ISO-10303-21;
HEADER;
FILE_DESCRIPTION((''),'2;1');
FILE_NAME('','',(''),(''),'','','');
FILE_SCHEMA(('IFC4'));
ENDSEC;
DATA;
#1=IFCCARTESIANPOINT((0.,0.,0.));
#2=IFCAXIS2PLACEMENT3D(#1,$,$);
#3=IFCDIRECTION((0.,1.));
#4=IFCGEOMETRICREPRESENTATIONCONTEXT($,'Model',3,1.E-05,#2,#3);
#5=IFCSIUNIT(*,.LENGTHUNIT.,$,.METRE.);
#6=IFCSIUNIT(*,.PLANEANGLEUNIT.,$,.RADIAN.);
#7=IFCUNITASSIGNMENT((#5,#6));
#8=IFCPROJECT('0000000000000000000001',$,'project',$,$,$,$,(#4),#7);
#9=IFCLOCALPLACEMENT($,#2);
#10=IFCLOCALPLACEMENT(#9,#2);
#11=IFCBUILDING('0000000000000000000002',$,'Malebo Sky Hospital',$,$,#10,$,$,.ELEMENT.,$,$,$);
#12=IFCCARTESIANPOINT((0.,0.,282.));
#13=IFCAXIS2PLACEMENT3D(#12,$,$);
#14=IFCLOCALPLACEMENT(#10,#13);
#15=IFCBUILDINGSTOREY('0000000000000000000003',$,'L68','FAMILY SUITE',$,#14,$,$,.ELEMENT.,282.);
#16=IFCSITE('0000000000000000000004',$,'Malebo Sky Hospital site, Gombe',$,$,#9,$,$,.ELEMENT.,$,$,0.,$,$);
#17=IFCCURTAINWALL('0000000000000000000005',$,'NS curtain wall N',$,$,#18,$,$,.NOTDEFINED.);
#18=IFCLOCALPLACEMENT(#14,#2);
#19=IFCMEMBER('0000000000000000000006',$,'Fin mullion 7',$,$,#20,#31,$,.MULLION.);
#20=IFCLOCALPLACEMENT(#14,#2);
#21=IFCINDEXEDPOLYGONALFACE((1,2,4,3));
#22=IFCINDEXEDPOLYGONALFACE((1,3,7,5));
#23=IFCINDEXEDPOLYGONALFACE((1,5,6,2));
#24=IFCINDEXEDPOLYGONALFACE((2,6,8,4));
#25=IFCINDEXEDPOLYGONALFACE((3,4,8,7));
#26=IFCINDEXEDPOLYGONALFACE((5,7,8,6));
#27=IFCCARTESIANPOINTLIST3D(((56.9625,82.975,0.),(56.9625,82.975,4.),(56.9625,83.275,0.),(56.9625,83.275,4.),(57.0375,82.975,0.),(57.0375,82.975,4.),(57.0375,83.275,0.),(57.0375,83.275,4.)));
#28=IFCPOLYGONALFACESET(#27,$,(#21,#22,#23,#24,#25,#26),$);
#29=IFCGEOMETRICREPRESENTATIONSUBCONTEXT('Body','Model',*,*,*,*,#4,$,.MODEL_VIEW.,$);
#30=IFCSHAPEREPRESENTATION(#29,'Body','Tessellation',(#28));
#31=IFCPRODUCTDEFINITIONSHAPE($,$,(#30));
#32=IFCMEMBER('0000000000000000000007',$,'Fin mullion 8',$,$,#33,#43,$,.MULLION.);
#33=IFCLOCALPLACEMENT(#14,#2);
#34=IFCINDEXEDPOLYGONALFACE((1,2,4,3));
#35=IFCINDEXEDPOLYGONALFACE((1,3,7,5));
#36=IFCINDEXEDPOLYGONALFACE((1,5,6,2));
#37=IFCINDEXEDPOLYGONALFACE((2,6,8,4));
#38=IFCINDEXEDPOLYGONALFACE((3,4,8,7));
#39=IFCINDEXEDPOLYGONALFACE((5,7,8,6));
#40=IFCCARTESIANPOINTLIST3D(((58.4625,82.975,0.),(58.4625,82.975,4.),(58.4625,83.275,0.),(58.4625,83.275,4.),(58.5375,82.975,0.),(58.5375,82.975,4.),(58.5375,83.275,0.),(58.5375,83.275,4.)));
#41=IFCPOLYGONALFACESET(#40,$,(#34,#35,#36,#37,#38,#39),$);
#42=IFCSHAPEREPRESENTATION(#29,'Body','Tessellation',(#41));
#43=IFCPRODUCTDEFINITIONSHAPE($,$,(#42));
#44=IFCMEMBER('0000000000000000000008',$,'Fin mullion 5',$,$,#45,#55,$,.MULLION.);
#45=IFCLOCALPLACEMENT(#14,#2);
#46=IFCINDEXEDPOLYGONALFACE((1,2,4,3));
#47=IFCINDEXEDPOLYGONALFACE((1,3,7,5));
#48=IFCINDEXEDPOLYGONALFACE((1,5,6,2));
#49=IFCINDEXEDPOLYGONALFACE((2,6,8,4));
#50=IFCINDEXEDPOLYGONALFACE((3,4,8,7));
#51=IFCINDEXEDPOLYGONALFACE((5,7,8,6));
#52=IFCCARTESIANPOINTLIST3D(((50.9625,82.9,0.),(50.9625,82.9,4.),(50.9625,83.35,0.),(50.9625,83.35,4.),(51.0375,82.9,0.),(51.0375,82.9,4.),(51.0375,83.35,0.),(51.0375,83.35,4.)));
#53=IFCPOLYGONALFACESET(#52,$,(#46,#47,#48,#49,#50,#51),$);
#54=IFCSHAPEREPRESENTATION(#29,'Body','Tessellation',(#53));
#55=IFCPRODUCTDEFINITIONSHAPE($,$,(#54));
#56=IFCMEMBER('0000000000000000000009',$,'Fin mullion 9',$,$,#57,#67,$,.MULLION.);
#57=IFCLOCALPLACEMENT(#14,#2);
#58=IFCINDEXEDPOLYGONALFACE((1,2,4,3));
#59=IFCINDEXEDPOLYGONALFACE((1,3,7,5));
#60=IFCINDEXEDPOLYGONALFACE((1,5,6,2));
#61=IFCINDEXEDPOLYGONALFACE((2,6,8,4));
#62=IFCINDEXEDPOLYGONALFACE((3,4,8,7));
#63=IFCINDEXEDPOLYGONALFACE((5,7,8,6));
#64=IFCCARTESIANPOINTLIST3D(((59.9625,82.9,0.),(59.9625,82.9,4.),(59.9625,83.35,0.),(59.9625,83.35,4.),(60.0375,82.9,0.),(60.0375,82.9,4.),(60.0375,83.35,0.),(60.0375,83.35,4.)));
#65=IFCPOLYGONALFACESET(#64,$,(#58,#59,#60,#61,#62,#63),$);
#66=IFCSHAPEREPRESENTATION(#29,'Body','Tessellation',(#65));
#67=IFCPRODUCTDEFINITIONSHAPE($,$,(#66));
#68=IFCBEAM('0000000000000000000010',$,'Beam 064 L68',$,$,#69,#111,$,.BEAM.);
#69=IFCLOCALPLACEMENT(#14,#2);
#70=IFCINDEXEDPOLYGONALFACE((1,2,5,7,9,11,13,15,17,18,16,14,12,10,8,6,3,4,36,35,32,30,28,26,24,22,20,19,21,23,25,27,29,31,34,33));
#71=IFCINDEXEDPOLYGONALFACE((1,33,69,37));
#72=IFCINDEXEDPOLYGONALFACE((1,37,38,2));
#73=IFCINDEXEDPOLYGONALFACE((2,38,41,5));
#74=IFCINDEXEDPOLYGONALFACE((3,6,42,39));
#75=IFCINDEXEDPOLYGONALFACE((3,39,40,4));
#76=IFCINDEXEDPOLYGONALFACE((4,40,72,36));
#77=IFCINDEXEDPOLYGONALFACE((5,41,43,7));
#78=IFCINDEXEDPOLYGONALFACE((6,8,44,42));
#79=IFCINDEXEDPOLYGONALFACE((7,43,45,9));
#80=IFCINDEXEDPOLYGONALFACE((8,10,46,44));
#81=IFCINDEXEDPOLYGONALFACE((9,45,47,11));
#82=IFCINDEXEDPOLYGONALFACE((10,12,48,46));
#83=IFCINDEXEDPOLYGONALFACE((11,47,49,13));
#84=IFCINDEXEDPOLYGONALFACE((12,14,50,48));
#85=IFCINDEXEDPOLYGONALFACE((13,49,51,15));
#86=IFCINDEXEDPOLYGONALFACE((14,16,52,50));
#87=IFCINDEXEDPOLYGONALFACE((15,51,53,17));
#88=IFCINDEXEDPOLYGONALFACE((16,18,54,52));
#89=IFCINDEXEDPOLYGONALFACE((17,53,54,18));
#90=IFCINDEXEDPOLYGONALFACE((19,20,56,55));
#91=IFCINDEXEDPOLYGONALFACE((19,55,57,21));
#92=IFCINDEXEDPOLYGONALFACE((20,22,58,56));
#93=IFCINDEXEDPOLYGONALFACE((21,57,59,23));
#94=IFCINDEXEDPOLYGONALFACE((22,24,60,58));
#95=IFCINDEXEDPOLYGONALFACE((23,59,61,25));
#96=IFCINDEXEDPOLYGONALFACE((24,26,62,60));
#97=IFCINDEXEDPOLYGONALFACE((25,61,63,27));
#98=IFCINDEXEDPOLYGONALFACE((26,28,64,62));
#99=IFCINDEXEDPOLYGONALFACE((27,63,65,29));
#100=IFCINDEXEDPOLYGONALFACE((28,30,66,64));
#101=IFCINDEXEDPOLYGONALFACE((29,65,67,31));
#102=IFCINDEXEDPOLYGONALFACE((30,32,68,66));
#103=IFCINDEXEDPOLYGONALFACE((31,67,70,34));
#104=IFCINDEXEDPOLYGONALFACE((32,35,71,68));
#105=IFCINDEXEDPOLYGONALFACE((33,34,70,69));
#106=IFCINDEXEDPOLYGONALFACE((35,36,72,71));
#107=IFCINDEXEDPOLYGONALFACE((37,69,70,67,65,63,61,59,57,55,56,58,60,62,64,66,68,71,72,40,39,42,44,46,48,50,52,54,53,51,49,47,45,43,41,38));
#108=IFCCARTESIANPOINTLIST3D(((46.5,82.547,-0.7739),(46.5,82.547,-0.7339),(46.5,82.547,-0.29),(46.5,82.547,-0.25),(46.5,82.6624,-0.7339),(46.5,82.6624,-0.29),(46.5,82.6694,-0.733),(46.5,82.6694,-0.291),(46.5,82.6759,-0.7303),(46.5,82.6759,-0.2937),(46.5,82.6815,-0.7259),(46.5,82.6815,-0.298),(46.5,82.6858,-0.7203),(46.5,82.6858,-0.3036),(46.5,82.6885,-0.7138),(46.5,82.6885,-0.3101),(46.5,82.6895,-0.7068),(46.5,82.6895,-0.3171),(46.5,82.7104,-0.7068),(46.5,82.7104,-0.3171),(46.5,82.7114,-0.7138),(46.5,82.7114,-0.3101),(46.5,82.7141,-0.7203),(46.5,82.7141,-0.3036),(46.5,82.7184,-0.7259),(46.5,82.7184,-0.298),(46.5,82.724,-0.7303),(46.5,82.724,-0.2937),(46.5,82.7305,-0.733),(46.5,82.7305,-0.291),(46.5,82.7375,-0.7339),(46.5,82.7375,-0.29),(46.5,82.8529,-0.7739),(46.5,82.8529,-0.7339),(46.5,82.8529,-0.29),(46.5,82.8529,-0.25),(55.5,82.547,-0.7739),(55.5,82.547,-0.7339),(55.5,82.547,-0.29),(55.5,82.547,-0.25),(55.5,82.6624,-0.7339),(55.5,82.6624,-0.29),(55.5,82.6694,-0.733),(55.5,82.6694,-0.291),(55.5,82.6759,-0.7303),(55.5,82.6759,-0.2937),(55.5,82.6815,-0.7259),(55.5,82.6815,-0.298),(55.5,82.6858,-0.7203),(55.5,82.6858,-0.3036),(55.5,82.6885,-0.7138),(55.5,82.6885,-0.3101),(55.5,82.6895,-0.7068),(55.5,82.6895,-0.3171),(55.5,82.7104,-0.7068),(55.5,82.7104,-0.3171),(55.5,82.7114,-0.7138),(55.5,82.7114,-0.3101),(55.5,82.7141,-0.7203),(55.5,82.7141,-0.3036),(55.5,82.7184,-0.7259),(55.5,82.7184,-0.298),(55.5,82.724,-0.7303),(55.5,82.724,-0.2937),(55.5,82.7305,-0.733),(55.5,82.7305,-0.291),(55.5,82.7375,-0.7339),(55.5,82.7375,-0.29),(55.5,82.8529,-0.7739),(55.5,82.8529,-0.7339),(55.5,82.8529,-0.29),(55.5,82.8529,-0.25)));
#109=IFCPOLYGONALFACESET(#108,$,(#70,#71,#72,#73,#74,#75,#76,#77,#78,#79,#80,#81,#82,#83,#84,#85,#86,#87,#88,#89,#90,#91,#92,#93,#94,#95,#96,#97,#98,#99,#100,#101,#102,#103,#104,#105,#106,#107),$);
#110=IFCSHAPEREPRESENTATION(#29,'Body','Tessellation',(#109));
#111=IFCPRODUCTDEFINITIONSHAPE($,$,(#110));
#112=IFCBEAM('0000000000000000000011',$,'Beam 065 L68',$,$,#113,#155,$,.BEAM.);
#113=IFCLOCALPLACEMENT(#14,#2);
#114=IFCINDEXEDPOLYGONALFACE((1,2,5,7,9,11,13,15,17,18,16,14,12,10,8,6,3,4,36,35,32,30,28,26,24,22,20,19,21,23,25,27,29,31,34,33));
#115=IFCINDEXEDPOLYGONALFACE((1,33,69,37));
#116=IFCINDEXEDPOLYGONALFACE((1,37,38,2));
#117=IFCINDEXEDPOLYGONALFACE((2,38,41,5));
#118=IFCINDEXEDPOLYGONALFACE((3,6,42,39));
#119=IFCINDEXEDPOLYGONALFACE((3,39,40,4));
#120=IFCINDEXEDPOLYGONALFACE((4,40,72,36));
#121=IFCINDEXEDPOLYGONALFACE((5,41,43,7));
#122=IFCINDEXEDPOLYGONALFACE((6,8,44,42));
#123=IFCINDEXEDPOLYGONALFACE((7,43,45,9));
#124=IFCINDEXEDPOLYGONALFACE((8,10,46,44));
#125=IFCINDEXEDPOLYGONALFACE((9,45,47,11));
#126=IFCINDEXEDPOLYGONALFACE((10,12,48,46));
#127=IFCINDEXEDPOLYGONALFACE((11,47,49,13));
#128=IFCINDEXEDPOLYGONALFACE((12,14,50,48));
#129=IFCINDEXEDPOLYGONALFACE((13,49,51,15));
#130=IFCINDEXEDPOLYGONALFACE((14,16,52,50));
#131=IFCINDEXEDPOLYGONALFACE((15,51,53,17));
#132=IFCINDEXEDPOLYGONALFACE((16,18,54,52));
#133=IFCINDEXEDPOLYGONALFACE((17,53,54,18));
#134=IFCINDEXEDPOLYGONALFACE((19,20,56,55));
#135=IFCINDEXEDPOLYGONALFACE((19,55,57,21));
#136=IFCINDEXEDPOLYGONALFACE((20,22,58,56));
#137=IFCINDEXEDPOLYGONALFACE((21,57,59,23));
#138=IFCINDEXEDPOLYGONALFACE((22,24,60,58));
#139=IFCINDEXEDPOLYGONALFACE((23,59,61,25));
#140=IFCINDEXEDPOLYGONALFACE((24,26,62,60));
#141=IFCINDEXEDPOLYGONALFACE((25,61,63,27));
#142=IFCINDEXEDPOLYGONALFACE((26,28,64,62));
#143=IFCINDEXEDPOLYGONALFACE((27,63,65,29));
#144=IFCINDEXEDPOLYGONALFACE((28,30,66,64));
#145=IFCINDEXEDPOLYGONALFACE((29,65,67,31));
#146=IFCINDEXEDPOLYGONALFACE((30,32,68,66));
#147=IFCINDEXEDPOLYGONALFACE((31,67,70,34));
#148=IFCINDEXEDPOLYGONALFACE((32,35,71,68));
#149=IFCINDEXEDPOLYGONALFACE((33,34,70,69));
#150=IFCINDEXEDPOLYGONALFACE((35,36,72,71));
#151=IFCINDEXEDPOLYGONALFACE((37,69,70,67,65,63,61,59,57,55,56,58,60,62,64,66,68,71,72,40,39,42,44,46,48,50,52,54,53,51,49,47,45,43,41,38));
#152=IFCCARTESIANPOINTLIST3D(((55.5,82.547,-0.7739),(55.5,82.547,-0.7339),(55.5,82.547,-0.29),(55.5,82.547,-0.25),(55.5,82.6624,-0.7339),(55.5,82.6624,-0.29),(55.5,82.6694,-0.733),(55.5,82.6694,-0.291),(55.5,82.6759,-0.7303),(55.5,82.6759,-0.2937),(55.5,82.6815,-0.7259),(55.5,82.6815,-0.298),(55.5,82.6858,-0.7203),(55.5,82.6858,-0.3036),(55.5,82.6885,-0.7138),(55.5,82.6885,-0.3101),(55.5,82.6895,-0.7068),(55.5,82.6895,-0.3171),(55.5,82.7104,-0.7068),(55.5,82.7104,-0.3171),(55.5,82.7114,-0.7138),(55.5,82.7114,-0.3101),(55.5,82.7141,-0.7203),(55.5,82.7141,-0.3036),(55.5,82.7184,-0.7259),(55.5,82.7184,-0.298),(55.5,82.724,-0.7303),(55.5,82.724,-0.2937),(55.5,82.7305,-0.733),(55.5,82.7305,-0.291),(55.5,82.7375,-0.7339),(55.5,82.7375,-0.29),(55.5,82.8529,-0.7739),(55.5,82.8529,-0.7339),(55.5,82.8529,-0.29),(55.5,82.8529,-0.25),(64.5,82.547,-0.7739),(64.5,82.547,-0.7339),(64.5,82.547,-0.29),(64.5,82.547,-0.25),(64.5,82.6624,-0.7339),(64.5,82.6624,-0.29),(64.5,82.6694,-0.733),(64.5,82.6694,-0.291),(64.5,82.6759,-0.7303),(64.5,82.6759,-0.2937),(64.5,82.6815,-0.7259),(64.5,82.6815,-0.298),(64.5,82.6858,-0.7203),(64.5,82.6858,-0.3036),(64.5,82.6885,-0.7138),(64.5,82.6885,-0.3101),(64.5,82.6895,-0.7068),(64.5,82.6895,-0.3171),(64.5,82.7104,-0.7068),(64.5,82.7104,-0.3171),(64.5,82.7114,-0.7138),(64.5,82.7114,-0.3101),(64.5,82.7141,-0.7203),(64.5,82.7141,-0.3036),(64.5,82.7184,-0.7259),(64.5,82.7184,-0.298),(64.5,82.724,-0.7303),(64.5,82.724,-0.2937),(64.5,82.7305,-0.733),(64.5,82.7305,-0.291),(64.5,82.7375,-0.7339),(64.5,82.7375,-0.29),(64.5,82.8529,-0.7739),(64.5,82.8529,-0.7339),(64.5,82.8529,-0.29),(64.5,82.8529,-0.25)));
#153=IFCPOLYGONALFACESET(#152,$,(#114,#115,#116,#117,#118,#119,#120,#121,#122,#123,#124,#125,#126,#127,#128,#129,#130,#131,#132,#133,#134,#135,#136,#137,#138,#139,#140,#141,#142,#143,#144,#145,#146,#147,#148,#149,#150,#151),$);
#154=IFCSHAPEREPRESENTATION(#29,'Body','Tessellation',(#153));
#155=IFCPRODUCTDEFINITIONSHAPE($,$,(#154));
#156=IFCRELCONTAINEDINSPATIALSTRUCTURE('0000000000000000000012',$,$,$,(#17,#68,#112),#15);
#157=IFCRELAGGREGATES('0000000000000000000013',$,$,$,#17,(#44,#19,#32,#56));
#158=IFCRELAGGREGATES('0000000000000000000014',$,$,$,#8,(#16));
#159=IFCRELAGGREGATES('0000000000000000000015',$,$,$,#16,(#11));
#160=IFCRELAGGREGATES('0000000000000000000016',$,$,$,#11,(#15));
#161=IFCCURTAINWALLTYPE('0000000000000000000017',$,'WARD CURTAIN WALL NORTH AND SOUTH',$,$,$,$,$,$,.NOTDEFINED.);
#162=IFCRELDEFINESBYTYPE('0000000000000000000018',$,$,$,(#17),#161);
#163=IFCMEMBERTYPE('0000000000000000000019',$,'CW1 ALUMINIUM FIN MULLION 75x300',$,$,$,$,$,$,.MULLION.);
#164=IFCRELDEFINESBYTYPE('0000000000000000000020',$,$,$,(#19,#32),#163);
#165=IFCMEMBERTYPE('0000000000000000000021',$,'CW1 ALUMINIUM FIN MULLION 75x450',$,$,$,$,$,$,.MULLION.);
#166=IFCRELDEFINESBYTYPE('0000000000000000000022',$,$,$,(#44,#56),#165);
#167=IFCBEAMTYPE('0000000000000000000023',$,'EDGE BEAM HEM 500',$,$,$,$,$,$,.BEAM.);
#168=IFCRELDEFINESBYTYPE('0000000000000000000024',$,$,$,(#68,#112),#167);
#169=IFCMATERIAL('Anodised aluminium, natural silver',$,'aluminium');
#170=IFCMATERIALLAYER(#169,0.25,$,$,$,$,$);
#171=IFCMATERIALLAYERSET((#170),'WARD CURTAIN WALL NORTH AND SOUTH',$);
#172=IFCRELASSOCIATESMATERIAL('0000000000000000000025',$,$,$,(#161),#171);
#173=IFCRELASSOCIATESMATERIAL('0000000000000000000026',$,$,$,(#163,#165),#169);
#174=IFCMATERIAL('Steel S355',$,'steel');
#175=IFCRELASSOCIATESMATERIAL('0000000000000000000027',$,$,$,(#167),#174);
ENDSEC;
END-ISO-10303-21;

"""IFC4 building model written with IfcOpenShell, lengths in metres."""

from ifc_helpers import new_model, si_unit, direction, frame, origin, origin_2d, place, context, subcontext, project, spatial, rectangle, i_section, extrude, material, layer, layer_set, material_profile, profile_set, type_object, element, aggregate, save


model = new_model("IFC4")

# Units and contexts
model_context = context("Model", 3, precision=1e-05, world=origin(), true_north=direction((0.0, 1.0)))
body_context = subcontext(model_context, "Body", "Model", "MODEL_VIEW")
ifc_project = project(units=[si_unit("LENGTHUNIT", "METRE"), si_unit("PLANEANGLEUNIT", "RADIAN")], contexts=[model_context])

# Site, building, storey
site_placement = place(None, origin())
site = spatial("IfcSite", under=ifc_project, at=site_placement, Name="Malebo Sky Hospital site, Gombe", CompositionType="ELEMENT", RefElevation=0.0)
building_placement = place(site_placement, origin())
building = spatial("IfcBuilding", under=site, at=building_placement, Name="Malebo Sky Hospital", CompositionType="ELEMENT")
storey_placement = place(building_placement, frame((0.0, 0.0, 282.0)))
storey = spatial("IfcBuildingStorey", under=building, at=storey_placement, Name="L68", Description="FAMILY SUITE", CompositionType="ELEMENT", Elevation=282.0)

# Curtain wall
ifc_material_1 = material(Name="Anodised aluminium, natural silver", Category="aluminium")
ifc_layer_1 = layer(ifc_material_1, 0.25)
ifc_layer_set_1 = layer_set([ifc_layer_1], Name="WARD CURTAIN WALL NORTH AND SOUTH")
curtain_wall_type = type_object("IfcCurtainWallType", Name="WARD CURTAIN WALL NORTH AND SOUTH", PredefinedType="NOTDEFINED", material=ifc_layer_set_1)
curtain_wall_placement = place(storey_placement, origin())
curtain_wall = element("IfcCurtainWall", 1, at=curtain_wall_placement, inside=storey, type_object=curtain_wall_type, Name="NS curtain wall N", PredefinedType="NOTDEFINED")

# Members
ifc_material_2 = material(Name="Steel S355", Category="steel")
ifc_material_profile_1 = material_profile(ifc_material_1, rectangle(XDim=0.075, YDim=0.3, at=origin_2d()), Name="CW1 ALUMINIUM FIN MULLION 75x300")
ifc_profile_set_1 = profile_set([ifc_material_profile_1], Name="Anodised aluminium, natural silver")
member_type_1 = type_object("IfcMemberType", Name="CW1 ALUMINIUM FIN MULLION 75x300", PredefinedType="MULLION", material=ifc_profile_set_1)
member_1_placement = place(storey_placement, frame((57.0, 83.125, 0.0), z_axis=(0.0, 0.0, 1.0), x_axis=(1.0, 0.0, 0.0)))
member_1 = element("IfcMember", 2, at=member_1_placement, type_object=member_type_1, Name="Fin mullion 7", PredefinedType="MULLION", context=body_context, shape_type="SweptSolid", body=[
    extrude(rectangle(XDim=0.075, YDim=0.3, at=origin_2d()), origin(), (0.0, 0.0, 1.0), 4.0),
])
member_2_placement = place(storey_placement, frame((58.5, 83.125, 0.0), z_axis=(0.0, 0.0, 1.0), x_axis=(1.0, 0.0, 0.0)))
member_2 = element("IfcMember", 3, at=member_2_placement, type_object=member_type_1, Name="Fin mullion 8", PredefinedType="MULLION", context=body_context, shape_type="SweptSolid", body=[
    extrude(rectangle(XDim=0.075, YDim=0.3, at=origin_2d()), origin(), (0.0, 0.0, 1.0), 4.0),
])
ifc_material_profile_2 = material_profile(ifc_material_1, rectangle(XDim=0.075, YDim=0.45, at=origin_2d()), Name="CW1 ALUMINIUM FIN MULLION 75x450")
ifc_profile_set_2 = profile_set([ifc_material_profile_2], Name="Anodised aluminium, natural silver")
member_type_2 = type_object("IfcMemberType", Name="CW1 ALUMINIUM FIN MULLION 75x450", PredefinedType="MULLION", material=ifc_profile_set_2)
member_3_placement = place(storey_placement, frame((51.0, 83.125, 0.0), z_axis=(0.0, 0.0, 1.0), x_axis=(1.0, 0.0, 0.0)))
member_3 = element("IfcMember", 4, at=member_3_placement, type_object=member_type_2, Name="Fin mullion 5", PredefinedType="MULLION", context=body_context, shape_type="SweptSolid", body=[
    extrude(rectangle(XDim=0.075, YDim=0.45, at=origin_2d()), origin(), (0.0, 0.0, 1.0), 4.0),
])
member_4_placement = place(storey_placement, frame((60.0, 83.125, 0.0), z_axis=(0.0, 0.0, 1.0), x_axis=(1.0, 0.0, 0.0)))
member_4 = element("IfcMember", 5, at=member_4_placement, type_object=member_type_2, Name="Fin mullion 9", PredefinedType="MULLION", context=body_context, shape_type="SweptSolid", body=[
    extrude(rectangle(XDim=0.075, YDim=0.45, at=origin_2d()), origin(), (0.0, 0.0, 1.0), 4.0),
])

# Beams
ifc_material_profile_3 = material_profile(ifc_material_2, i_section(OverallWidth=0.3059, OverallDepth=0.5239, WebThickness=0.021, FlangeThickness=0.04, FilletRadius=0.0271, at=origin_2d()), Name="HEM 500")
ifc_profile_set_3 = profile_set([ifc_material_profile_3], Name="Steel S355")
beam_type_1 = type_object("IfcBeamType", Name="EDGE BEAM HEM 500", PredefinedType="BEAM", material=ifc_profile_set_3)
for number, where, z_axis, x_axis, name in (
    (6, (46.5, 82.7, -0.512), (1.0, 0.0, 0.0), (0.0, 1.0, 0.0), "Beam 064 L68"),
    (7, (55.5, 82.7, -0.512), (1.0, 0.0, 0.0), (0.0, 1.0, 0.0), "Beam 065 L68"),
):
    element("IfcBeam", number, at=place(storey_placement, frame(where, z_axis=z_axis, x_axis=x_axis)), inside=storey, type_object=beam_type_1, Name=name, PredefinedType="BEAM", context=body_context, shape_type="SweptSolid", body=[
        extrude(i_section(OverallWidth=0.3059, OverallDepth=0.5239, WebThickness=0.021, FlangeThickness=0.04, FilletRadius=0.0271, at=origin_2d()), origin(), (0.0, 0.0, 1.0), 9.0),
    ])

aggregate(curtain_wall, [member_3, member_1, member_2, member_4])

save(model, "model.ifc")
